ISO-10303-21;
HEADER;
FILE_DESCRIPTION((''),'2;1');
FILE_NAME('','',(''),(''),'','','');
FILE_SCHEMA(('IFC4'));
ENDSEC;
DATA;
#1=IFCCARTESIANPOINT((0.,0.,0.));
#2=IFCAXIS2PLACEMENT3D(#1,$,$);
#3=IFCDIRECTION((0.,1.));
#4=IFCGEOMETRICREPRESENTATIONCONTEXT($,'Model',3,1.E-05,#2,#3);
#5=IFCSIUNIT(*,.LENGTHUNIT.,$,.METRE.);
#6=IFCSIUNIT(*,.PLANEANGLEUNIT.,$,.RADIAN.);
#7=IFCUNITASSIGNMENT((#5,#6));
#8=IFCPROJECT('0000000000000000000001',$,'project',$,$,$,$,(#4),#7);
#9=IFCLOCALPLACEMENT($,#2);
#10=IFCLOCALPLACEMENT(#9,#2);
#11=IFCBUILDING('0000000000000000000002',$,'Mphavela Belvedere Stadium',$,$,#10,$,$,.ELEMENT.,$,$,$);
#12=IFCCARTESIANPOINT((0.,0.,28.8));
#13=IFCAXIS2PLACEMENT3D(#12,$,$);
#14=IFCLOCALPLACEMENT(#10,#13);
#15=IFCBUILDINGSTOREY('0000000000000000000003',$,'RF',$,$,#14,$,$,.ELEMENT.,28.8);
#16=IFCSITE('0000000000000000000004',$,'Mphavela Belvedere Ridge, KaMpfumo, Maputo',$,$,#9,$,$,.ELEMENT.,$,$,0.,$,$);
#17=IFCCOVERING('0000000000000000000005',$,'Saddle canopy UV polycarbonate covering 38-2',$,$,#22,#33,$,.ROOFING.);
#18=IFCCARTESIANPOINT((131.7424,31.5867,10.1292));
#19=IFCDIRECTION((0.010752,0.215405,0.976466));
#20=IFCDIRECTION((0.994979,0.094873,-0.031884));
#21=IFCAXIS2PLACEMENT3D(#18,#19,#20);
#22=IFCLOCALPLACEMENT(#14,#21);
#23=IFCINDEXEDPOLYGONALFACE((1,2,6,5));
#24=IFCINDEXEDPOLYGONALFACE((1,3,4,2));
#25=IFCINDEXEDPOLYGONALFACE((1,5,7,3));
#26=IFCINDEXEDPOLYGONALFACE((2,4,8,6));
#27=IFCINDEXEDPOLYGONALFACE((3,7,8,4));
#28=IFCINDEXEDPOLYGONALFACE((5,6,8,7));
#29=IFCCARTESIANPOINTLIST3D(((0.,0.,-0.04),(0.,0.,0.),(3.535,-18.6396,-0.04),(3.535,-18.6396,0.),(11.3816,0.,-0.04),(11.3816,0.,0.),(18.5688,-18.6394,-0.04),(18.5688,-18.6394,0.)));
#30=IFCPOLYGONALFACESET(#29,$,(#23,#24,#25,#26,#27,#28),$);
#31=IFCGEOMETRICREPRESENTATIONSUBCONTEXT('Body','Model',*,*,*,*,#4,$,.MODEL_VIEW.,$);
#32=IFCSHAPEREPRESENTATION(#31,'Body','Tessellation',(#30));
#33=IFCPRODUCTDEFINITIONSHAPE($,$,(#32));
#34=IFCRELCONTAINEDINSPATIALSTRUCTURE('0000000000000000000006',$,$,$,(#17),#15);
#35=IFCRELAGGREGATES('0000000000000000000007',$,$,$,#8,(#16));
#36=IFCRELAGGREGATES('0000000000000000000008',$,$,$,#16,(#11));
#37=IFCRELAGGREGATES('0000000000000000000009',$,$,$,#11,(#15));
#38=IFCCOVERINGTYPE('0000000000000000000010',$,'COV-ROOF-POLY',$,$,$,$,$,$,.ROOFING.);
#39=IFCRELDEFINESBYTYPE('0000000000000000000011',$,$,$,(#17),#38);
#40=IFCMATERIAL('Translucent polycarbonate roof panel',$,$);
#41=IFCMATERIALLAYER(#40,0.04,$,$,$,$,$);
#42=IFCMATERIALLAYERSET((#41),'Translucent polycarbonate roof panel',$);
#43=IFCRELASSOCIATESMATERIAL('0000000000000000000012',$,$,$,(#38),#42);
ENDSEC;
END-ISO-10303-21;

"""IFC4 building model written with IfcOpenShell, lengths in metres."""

from ifc_helpers import new_model, si_unit, direction, frame, origin, place, context, subcontext, project, spatial, polyline, outline, extrude, material, layer, layer_set, type_object, element, save


model = new_model("IFC4")

# Units and contexts
model_context = context("Model", 3, precision=1e-05, world=origin(), true_north=direction((0.0, 1.0)))
body_context = subcontext(model_context, "Body", "Model", "MODEL_VIEW")
ifc_project = project(units=[si_unit("LENGTHUNIT", "METRE"), si_unit("PLANEANGLEUNIT", "RADIAN")], contexts=[model_context])

# Site, building, storey
site_placement = place(None, origin())
site = spatial("IfcSite", under=ifc_project, at=site_placement, Name="Mphavela Belvedere Ridge, KaMpfumo, Maputo", CompositionType="ELEMENT", RefElevation=0.0)
building_placement = place(site_placement, origin())
building = spatial("IfcBuilding", under=site, at=building_placement, Name="Mphavela Belvedere Stadium", CompositionType="ELEMENT")
storey_placement = place(building_placement, frame((0.0, 0.0, 28.8)))
storey = spatial("IfcBuildingStorey", under=building, at=storey_placement, Name="RF", CompositionType="ELEMENT", Elevation=28.8)

# Covering
ifc_material_1 = material(Name="Translucent polycarbonate roof panel")
ifc_layer_1 = layer(ifc_material_1, 0.04)
ifc_layer_set_1 = layer_set([ifc_layer_1], Name="Translucent polycarbonate roof panel")
covering_type = type_object("IfcCoveringType", Name="COV-ROOF-POLY", PredefinedType="ROOFING", material=ifc_layer_set_1)
covering_1_placement = place(storey_placement, frame((131.7424, 31.5867, 10.1292), z_axis=(0.010752, 0.215405, 0.976466), x_axis=(0.994979, 0.094873, -0.031884)))
element("IfcCovering", 1, at=covering_1_placement, inside=storey, type_object=covering_type, Name="Saddle canopy UV polycarbonate covering 38-2", PredefinedType="ROOFING", context=body_context, shape_type="SweptSolid", body=[
    extrude(outline(polyline([(0.0, 0.0), (11.3816, 0.0), (18.5688, -18.6394), (3.535, -18.6396), (0.0, 0.0)])), origin(), (0.0, 0.0, -1.0), 0.04),
])

save(model, "model.ifc")
